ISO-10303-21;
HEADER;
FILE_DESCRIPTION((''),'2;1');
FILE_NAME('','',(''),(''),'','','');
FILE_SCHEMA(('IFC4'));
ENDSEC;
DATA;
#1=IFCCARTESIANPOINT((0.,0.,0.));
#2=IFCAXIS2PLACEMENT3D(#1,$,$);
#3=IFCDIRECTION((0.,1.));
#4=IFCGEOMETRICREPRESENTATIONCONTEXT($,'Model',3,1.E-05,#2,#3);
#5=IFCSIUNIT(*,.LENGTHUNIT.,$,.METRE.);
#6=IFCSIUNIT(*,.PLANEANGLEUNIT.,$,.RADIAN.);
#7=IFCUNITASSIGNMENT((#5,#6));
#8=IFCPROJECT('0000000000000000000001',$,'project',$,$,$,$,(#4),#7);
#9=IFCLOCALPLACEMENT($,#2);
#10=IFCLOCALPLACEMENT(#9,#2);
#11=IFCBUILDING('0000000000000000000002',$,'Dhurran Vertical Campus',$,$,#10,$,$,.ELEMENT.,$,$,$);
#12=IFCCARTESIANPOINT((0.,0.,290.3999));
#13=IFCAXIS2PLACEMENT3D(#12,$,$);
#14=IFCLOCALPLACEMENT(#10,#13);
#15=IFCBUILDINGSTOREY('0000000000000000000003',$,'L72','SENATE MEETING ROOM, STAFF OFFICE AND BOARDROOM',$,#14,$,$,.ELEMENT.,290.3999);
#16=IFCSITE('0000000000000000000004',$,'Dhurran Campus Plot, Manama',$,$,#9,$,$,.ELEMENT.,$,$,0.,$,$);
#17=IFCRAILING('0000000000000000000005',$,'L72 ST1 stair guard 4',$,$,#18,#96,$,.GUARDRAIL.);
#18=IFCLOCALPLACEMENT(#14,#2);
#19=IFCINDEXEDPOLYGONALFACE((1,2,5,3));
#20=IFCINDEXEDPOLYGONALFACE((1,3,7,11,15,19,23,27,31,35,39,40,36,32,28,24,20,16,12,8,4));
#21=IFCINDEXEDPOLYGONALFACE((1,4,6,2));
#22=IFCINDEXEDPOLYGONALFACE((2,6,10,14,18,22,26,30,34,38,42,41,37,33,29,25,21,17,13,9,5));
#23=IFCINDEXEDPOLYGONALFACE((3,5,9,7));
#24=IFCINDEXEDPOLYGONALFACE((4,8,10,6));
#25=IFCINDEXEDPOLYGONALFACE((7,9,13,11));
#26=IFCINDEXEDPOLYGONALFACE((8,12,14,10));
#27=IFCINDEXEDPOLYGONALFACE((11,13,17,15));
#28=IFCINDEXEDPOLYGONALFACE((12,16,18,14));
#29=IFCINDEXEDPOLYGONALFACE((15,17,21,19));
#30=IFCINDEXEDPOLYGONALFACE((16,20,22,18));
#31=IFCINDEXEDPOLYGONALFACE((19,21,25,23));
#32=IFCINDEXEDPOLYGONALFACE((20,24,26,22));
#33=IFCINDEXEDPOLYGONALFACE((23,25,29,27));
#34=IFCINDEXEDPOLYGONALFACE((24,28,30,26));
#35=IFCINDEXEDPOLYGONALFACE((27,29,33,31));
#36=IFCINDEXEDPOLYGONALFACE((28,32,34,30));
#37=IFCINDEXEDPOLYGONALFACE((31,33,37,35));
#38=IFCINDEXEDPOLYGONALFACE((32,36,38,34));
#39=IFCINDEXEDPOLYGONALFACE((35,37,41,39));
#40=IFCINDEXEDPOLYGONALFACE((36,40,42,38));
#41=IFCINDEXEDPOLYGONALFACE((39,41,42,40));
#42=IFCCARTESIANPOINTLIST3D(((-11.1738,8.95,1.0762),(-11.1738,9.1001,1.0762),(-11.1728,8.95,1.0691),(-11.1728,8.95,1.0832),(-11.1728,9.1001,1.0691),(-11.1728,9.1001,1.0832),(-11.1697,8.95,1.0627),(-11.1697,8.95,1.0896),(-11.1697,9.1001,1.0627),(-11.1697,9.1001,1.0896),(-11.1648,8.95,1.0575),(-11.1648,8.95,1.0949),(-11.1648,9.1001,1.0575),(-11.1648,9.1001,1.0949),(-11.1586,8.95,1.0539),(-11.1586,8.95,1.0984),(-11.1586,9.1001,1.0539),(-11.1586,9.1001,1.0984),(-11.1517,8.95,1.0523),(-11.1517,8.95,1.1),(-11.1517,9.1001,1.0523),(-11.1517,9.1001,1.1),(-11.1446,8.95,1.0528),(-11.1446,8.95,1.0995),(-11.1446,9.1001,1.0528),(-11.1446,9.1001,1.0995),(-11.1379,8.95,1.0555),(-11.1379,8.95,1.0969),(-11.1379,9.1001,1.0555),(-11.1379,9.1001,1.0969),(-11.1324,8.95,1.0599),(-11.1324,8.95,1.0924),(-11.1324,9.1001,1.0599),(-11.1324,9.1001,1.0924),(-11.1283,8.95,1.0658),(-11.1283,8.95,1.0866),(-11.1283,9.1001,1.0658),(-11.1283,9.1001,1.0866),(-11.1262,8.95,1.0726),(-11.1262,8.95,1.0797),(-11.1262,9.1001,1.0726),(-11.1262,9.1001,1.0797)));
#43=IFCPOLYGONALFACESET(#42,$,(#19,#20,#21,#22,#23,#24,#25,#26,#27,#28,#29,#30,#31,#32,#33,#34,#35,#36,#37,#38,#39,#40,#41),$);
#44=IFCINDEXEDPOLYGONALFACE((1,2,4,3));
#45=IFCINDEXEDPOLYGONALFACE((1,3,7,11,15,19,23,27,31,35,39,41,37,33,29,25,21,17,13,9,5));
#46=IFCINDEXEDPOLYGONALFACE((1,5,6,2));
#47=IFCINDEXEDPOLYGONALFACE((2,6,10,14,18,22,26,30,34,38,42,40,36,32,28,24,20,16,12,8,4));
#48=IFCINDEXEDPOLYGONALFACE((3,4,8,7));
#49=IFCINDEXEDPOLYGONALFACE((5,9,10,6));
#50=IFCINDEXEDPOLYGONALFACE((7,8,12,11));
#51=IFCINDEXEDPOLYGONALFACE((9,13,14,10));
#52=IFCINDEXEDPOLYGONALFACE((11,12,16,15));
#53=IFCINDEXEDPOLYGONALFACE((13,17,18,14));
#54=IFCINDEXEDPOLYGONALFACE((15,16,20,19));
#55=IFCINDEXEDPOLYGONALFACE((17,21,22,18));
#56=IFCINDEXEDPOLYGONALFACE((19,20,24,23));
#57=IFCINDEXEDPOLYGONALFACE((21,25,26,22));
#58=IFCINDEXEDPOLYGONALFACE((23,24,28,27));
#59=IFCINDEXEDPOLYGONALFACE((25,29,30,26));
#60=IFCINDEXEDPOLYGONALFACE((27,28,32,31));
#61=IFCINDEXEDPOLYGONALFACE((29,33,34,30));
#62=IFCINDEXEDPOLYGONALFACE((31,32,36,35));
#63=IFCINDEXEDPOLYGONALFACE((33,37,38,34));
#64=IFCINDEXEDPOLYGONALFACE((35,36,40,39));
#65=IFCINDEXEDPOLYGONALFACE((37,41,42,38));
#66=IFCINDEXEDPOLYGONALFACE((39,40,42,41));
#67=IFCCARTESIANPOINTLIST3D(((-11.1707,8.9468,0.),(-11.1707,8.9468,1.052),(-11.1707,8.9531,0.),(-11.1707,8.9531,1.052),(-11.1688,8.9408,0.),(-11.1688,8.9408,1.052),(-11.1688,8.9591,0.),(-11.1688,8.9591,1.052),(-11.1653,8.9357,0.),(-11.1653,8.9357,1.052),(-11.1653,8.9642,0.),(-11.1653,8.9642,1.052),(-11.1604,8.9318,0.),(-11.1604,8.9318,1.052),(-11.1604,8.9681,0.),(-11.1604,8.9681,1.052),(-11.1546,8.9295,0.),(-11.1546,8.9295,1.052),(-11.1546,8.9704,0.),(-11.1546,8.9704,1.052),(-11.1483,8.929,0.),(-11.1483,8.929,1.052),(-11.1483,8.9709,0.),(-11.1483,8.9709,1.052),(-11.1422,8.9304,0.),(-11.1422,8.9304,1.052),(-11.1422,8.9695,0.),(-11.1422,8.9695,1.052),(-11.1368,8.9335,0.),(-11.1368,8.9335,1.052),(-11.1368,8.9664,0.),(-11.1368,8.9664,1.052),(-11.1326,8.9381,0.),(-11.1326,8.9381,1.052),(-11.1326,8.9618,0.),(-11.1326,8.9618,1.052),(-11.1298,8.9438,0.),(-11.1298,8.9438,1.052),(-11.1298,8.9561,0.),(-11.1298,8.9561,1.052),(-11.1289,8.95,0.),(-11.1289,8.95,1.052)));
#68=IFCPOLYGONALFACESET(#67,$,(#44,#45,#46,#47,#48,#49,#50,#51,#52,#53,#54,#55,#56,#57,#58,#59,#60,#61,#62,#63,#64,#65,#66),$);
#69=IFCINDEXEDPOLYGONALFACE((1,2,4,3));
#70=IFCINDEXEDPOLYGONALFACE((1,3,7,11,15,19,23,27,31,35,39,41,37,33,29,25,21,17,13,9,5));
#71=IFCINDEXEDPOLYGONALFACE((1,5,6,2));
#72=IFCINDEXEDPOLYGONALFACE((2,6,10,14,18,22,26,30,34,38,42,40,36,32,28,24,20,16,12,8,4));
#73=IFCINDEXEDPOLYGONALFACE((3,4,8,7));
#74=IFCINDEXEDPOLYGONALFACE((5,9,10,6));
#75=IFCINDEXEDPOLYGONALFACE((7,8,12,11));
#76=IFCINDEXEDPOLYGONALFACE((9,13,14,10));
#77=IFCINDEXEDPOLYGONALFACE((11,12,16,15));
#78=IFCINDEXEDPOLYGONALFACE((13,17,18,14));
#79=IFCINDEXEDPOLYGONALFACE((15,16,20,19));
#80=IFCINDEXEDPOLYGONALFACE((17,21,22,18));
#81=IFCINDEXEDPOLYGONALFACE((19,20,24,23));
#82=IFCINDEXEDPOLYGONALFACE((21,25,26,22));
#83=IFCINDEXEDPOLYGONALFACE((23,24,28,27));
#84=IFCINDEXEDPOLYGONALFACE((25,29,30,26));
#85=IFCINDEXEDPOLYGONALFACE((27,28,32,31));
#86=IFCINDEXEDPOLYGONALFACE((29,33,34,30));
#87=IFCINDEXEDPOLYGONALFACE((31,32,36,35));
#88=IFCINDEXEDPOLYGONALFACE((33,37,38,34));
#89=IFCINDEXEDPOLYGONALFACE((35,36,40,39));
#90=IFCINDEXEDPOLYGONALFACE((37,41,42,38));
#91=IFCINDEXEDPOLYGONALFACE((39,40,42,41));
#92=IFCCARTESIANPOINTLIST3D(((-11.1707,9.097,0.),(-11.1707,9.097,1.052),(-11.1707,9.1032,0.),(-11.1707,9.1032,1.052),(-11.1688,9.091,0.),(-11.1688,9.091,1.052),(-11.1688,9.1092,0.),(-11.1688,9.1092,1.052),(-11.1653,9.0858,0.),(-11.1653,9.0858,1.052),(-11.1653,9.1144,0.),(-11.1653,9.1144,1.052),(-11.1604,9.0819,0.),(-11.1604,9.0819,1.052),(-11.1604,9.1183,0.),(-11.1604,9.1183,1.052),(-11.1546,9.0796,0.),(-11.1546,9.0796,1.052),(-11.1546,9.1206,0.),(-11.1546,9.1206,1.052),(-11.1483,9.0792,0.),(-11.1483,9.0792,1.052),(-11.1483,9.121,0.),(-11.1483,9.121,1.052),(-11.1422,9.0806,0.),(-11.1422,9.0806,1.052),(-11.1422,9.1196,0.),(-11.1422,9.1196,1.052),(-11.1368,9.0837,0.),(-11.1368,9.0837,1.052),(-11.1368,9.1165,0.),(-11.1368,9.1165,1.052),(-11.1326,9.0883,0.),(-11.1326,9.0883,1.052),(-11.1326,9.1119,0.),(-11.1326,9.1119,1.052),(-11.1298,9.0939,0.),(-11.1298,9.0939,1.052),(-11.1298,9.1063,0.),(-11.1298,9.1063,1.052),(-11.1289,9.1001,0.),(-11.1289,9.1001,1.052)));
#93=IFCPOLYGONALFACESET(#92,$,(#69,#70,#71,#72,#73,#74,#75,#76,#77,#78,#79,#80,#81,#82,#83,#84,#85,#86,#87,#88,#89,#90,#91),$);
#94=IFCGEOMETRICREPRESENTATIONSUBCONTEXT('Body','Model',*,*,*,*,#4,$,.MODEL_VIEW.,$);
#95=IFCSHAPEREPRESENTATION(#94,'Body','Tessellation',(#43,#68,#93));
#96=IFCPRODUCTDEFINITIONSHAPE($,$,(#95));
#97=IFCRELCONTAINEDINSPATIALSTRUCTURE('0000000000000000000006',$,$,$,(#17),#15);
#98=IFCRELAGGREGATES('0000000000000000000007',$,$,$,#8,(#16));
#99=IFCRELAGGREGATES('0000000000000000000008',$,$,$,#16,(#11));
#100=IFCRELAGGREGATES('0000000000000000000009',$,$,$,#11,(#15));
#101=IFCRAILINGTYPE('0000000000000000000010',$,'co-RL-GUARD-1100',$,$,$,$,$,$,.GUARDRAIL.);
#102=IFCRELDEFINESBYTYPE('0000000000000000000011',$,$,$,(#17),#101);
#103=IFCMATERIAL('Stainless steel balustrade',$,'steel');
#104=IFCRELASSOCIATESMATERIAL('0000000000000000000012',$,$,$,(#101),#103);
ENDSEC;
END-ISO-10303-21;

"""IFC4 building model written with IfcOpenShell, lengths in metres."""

from ifc_helpers import new_model, si_unit, direction, frame, origin, origin_2d, place, context, subcontext, project, spatial, circle, extrude, material, type_object, element, save


model = new_model("IFC4")

# Units and contexts
model_context = context("Model", 3, precision=1e-05, world=origin(), true_north=direction((0.0, 1.0)))
body_context = subcontext(model_context, "Body", "Model", "MODEL_VIEW")
ifc_project = project(units=[si_unit("LENGTHUNIT", "METRE"), si_unit("PLANEANGLEUNIT", "RADIAN")], contexts=[model_context])

# Site, building, storey
site_placement = place(None, origin())
site = spatial("IfcSite", under=ifc_project, at=site_placement, Name="Dhurran Campus Plot, Manama", CompositionType="ELEMENT", RefElevation=0.0)
building_placement = place(site_placement, origin())
building = spatial("IfcBuilding", under=site, at=building_placement, Name="Dhurran Vertical Campus", CompositionType="ELEMENT")
storey_placement = place(building_placement, frame((0.0, 0.0, 290.3999)))
storey = spatial("IfcBuildingStorey", under=building, at=storey_placement, Name="L72", Description="SENATE MEETING ROOM, STAFF OFFICE AND BOARDROOM", CompositionType="ELEMENT", Elevation=290.3999)

# Railing
ifc_material_1 = material(Name="Stainless steel balustrade", Category="steel")
railing_type_1 = type_object("IfcRailingType", Name="co-RL-GUARD-1100", PredefinedType="GUARDRAIL", material=ifc_material_1)
railing_1_placement = place(storey_placement, frame((-11.1499, 8.95, 0.0)))
element("IfcRailing", 1, at=railing_1_placement, inside=storey, type_object=railing_type_1, Name="L72 ST1 stair guard 4", PredefinedType="GUARDRAIL", context=body_context, shape_type="SweptSolid", body=[
    extrude(circle(Radius=0.0239, at=origin_2d()), frame((0.0, 0.0, 1.0762), z_axis=(0.0, 1.0, 0.0), x_axis=(-1.0, 0.0, 0.0)), (0.0, 0.0, 1.0), 0.1501),
    extrude(circle(Radius=0.021, at=origin_2d()), origin(), (0.0, 0.0, 1.0), 1.052),
    extrude(circle(Radius=0.021, at=origin_2d()), frame((0.0, 0.1501, 0.0)), (0.0, 0.0, 1.0), 1.052),
])

save(model, "model.ifc")
